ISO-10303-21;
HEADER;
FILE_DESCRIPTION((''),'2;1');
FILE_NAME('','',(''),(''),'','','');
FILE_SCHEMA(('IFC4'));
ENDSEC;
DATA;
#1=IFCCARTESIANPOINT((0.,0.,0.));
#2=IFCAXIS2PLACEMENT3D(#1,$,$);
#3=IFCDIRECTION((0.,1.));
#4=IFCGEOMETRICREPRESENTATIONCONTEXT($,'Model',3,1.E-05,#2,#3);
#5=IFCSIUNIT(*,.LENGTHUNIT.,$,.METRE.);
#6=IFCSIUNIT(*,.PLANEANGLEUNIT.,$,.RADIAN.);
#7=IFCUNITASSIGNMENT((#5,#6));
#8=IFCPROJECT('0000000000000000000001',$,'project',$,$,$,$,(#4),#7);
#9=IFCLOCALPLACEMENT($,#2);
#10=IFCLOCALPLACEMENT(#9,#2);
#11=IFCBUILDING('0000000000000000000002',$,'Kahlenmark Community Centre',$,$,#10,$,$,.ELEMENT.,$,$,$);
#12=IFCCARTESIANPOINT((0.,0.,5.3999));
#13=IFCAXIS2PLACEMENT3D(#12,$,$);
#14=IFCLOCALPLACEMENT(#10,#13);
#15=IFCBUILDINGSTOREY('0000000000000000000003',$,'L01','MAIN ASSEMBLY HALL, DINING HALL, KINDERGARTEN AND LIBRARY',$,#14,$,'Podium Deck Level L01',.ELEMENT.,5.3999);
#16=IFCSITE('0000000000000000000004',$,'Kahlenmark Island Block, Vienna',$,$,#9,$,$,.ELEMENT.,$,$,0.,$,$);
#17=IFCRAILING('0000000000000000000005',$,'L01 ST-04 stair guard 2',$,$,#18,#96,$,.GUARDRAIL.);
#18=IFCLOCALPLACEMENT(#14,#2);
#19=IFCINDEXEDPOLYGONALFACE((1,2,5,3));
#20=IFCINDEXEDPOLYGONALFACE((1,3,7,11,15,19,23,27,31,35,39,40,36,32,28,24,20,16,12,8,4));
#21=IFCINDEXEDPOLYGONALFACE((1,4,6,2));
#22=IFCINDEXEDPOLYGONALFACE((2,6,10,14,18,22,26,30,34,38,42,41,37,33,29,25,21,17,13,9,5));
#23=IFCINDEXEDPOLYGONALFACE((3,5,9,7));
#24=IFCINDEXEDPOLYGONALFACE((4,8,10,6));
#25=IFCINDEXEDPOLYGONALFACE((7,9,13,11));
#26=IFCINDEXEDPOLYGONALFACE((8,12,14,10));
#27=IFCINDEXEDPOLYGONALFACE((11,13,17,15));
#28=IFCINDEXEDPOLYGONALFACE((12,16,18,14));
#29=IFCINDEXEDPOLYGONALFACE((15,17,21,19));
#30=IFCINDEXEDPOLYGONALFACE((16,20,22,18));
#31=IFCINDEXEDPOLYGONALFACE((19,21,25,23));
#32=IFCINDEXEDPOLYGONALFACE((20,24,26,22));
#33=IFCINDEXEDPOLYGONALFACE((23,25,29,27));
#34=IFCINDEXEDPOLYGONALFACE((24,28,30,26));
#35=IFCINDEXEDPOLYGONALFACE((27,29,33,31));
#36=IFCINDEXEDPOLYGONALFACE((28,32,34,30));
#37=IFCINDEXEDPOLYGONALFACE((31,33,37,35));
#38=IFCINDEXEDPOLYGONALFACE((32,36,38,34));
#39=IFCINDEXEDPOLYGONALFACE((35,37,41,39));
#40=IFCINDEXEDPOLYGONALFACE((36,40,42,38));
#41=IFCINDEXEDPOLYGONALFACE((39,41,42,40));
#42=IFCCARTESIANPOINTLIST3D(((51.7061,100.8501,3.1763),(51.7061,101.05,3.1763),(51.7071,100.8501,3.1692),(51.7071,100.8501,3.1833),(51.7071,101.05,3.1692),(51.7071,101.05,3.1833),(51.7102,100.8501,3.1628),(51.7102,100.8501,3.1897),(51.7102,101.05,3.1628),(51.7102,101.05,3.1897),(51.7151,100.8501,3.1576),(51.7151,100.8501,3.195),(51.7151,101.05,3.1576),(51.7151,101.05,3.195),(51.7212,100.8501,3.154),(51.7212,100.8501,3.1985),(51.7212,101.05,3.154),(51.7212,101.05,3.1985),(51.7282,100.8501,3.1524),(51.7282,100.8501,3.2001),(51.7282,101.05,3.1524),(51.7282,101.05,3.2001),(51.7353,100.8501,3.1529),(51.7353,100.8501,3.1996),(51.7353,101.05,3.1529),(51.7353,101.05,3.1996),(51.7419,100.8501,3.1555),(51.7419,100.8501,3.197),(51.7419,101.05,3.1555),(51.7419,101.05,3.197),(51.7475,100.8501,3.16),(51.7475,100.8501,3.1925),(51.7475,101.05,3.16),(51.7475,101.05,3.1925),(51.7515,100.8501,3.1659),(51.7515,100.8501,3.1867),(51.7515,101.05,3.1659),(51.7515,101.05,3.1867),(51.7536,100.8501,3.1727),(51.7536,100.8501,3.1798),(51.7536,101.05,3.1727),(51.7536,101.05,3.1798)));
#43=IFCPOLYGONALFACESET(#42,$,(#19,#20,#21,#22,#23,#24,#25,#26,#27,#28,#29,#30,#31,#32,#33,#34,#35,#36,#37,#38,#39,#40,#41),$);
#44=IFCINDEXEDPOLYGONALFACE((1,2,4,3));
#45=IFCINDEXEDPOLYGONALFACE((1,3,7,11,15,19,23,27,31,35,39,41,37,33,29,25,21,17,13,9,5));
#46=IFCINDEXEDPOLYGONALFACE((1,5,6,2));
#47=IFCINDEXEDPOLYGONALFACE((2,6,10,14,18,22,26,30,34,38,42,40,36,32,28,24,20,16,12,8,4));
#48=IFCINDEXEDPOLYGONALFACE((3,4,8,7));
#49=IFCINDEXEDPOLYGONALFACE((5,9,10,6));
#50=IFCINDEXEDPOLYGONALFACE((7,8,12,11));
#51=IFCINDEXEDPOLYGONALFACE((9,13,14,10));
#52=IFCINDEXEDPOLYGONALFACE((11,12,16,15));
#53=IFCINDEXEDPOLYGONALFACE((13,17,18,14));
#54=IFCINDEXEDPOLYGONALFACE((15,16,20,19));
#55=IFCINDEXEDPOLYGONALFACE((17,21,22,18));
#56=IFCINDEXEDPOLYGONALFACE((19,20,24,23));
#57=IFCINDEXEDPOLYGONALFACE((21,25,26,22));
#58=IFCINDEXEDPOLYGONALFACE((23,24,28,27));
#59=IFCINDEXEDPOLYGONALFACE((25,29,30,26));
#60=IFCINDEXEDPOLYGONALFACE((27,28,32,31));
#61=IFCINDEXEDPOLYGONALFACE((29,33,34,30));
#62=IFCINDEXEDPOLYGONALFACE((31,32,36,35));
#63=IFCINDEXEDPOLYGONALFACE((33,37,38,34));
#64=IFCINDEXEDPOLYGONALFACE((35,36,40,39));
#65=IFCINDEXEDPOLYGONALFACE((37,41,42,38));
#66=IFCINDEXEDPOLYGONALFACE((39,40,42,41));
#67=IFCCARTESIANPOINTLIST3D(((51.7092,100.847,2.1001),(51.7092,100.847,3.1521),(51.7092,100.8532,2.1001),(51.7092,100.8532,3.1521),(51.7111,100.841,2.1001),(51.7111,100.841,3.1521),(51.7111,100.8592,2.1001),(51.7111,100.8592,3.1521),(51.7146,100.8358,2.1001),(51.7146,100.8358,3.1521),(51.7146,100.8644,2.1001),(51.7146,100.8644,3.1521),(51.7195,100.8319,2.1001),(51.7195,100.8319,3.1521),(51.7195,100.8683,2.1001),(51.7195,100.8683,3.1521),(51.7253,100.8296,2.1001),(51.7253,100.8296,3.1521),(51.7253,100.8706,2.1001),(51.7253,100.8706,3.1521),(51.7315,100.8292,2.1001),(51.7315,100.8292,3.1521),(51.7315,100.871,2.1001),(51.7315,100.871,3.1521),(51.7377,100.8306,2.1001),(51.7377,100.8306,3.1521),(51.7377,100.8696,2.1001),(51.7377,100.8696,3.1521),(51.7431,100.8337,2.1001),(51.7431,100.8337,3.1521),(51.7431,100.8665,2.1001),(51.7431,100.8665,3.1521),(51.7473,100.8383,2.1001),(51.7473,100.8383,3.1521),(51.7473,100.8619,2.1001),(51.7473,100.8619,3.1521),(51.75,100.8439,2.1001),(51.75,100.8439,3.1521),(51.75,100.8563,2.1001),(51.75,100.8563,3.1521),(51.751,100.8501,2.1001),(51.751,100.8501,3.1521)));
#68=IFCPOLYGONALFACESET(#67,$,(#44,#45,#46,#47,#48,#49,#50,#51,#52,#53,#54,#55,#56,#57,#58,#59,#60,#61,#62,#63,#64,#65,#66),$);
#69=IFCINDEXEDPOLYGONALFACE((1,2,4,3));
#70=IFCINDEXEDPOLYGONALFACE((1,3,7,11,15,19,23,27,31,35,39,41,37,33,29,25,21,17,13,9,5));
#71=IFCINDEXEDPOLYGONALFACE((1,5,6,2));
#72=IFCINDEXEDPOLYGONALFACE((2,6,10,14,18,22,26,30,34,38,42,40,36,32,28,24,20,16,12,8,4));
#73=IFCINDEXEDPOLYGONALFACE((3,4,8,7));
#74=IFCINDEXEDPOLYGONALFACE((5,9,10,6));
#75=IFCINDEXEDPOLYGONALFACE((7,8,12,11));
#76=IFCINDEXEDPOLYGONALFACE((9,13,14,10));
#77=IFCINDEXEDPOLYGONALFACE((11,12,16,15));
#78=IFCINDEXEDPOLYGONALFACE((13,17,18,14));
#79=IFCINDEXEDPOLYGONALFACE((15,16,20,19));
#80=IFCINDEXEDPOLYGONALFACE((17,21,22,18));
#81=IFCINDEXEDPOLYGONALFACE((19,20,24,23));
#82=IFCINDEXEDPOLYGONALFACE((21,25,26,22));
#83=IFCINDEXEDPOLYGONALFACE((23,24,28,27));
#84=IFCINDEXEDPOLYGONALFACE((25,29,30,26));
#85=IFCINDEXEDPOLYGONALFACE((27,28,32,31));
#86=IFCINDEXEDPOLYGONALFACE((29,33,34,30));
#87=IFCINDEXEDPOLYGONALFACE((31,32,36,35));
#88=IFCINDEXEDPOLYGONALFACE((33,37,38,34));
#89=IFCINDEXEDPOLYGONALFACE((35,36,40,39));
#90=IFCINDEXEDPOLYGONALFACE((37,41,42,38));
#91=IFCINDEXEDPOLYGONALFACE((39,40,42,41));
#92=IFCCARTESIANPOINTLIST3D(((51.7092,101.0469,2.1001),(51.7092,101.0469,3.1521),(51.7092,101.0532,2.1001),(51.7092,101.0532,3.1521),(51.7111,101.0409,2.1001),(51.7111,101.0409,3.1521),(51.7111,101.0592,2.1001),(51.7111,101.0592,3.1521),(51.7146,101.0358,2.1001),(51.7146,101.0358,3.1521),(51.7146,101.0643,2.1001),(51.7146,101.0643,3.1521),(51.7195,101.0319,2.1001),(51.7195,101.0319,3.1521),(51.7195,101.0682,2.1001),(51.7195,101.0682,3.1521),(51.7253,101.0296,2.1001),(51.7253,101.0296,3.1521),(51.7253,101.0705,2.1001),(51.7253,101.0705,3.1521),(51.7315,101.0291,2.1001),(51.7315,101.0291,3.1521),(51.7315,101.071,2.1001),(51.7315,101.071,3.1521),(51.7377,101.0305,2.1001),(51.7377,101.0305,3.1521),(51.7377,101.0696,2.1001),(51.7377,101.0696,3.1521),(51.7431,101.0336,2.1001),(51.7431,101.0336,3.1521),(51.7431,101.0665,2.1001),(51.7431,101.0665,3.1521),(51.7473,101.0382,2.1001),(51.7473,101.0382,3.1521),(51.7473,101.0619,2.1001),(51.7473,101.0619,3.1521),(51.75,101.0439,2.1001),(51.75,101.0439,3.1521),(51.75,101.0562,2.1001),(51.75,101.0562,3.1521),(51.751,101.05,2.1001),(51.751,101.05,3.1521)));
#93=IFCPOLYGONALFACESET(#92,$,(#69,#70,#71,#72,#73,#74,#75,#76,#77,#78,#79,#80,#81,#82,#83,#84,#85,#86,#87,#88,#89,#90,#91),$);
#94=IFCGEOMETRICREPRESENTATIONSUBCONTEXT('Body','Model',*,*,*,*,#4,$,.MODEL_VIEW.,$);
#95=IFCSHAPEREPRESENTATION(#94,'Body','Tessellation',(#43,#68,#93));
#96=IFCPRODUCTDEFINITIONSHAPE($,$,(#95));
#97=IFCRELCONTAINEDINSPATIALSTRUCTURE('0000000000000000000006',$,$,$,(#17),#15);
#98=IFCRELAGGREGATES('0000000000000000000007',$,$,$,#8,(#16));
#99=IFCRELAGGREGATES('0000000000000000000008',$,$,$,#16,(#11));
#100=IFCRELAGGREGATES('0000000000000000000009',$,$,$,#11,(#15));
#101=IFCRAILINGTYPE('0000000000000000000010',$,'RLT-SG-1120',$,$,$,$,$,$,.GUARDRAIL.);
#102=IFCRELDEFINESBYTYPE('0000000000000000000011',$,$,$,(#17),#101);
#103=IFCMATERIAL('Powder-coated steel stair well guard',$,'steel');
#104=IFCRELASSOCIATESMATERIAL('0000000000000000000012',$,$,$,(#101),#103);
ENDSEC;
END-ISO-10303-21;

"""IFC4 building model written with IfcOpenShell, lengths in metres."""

from ifc_helpers import new_model, si_unit, direction, frame, origin, origin_2d, place, context, subcontext, project, spatial, circle, extrude, material, type_object, element, save


model = new_model("IFC4")

# Units and contexts
model_context = context("Model", 3, precision=1e-05, world=origin(), true_north=direction((0.0, 1.0)))
body_context = subcontext(model_context, "Body", "Model", "MODEL_VIEW")
ifc_project = project(units=[si_unit("LENGTHUNIT", "METRE"), si_unit("PLANEANGLEUNIT", "RADIAN")], contexts=[model_context])

# Site, building, storey
site_placement = place(None, origin())
site = spatial("IfcSite", under=ifc_project, at=site_placement, Name="Kahlenmark Island Block, Vienna", CompositionType="ELEMENT", RefElevation=0.0)
building_placement = place(site_placement, origin())
building = spatial("IfcBuilding", under=site, at=building_placement, Name="Kahlenmark Community Centre", CompositionType="ELEMENT")
storey_placement = place(building_placement, frame((0.0, 0.0, 5.3999)))
storey = spatial("IfcBuildingStorey", under=building, at=storey_placement, Name="L01", Description="MAIN ASSEMBLY HALL, DINING HALL, KINDERGARTEN AND LIBRARY", LongName="Podium Deck Level L01", CompositionType="ELEMENT", Elevation=5.3999)

# Railing
ifc_material_1 = material(Name="Powder-coated steel stair well guard", Category="steel")
railing_type_1 = type_object("IfcRailingType", Name="RLT-SG-1120", PredefinedType="GUARDRAIL", material=ifc_material_1)
railing_1_placement = place(storey_placement, frame((51.73, 100.8501, 2.1001)))
element("IfcRailing", 1, at=railing_1_placement, inside=storey, type_object=railing_type_1, Name="L01 ST-04 stair guard 2", PredefinedType="GUARDRAIL", context=body_context, shape_type="SweptSolid", body=[
    extrude(circle(Radius=0.0239, at=origin_2d()), frame((0.0, 0.0, 1.0762), z_axis=(0.0, 1.0, 0.0), x_axis=(-1.0, 0.0, 0.0)), (0.0, 0.0, 1.0), 0.2),
    extrude(circle(Radius=0.021, at=origin_2d()), origin(), (0.0, 0.0, 1.0), 1.052),
    extrude(circle(Radius=0.021, at=origin_2d()), frame((0.0, 0.2, 0.0)), (0.0, 0.0, 1.0), 1.052),
])

save(model, "model.ifc")
